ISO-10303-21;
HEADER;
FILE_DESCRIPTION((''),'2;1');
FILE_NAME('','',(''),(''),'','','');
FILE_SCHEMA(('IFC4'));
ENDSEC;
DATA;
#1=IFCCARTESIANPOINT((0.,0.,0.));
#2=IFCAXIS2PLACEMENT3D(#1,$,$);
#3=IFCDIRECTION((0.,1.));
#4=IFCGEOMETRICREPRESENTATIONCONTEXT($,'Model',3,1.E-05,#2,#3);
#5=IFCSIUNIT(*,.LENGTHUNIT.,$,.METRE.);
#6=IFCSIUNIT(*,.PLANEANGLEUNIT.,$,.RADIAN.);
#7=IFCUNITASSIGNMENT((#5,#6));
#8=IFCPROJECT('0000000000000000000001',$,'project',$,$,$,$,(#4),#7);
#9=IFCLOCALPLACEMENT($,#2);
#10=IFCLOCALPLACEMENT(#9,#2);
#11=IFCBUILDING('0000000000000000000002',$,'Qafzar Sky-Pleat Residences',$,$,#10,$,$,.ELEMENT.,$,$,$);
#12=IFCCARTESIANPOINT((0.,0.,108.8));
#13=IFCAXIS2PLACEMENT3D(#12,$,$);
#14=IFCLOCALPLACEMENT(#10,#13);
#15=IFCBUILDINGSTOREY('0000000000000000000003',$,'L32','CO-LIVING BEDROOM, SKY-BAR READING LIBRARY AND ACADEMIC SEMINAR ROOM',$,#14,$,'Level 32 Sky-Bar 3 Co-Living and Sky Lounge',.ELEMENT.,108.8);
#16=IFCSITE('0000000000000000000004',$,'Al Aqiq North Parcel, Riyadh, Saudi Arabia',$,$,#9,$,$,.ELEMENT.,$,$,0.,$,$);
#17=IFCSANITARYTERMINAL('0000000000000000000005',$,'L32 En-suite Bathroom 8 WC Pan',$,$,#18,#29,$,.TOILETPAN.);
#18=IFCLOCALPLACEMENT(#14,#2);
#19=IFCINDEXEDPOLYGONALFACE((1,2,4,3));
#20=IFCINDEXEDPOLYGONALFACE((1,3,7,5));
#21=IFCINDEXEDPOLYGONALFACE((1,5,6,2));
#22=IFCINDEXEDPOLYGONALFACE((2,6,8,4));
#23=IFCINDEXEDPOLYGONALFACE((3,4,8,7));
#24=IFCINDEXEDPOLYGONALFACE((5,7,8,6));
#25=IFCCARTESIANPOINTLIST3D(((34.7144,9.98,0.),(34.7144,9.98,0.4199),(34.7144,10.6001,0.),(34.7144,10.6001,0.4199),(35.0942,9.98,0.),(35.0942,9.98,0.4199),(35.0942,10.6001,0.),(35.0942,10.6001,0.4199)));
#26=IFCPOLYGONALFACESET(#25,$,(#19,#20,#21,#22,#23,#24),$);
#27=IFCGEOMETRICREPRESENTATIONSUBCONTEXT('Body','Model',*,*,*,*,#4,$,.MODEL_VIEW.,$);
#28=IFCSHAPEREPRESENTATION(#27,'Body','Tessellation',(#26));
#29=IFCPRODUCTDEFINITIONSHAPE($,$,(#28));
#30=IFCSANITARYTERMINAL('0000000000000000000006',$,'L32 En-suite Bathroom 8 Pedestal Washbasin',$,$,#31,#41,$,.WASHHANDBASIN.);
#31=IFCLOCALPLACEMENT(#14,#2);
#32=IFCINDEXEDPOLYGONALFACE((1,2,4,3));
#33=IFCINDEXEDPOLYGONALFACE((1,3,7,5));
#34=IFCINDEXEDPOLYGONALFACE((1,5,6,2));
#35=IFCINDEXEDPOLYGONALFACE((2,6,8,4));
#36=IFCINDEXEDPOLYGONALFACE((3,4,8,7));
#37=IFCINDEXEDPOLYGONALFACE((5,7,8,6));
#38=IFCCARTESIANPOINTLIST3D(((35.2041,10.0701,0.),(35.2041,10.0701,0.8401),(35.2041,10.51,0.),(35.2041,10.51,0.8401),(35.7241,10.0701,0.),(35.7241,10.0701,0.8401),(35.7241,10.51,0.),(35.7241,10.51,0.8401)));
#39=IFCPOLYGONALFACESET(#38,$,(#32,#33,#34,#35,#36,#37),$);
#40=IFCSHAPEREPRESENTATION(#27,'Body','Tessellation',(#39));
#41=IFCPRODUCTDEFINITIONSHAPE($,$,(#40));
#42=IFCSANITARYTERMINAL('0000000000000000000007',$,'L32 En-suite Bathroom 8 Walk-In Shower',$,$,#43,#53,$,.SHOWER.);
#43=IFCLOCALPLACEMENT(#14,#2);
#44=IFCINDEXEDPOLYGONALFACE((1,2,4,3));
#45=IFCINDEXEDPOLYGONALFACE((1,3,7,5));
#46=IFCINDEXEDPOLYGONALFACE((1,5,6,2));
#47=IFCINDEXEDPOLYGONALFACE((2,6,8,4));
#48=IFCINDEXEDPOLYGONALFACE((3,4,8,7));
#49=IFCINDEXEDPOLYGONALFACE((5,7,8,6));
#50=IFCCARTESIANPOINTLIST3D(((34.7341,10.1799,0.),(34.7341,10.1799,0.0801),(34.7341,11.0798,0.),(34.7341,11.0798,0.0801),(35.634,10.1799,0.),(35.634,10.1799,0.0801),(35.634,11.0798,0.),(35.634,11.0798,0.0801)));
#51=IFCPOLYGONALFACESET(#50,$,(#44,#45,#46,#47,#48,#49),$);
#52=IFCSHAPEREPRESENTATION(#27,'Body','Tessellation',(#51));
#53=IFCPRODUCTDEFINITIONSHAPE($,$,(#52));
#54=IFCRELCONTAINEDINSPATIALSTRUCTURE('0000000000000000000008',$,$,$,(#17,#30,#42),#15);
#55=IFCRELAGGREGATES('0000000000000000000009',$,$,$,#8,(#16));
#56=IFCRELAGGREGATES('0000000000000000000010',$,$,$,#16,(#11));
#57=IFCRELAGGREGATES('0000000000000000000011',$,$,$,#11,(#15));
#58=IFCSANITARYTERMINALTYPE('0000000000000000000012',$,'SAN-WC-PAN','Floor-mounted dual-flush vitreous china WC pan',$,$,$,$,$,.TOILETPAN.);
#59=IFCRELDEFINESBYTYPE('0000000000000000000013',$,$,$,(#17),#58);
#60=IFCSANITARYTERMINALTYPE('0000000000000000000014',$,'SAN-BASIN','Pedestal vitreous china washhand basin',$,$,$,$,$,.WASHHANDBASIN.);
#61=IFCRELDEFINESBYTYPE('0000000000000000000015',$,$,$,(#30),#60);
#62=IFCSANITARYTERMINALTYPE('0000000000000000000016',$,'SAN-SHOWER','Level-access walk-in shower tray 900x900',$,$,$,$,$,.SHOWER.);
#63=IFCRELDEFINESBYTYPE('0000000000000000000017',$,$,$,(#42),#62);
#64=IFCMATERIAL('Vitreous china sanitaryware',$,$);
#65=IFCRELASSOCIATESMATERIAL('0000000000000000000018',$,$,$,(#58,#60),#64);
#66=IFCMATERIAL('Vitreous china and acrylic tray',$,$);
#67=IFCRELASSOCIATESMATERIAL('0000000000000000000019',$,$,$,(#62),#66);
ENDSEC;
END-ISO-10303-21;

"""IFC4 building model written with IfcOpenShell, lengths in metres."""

from ifc_helpers import new_model, si_unit, direction, frame, origin, origin_2d, place, context, subcontext, project, spatial, rectangle, extrude, source, transform, mapped, material, type_object, element, save


model = new_model("IFC4")

# Units and contexts
model_context = context("Model", 3, precision=1e-05, world=origin(), true_north=direction((0.0, 1.0)))
body_context = subcontext(model_context, "Body", "Model", "MODEL_VIEW")
ifc_project = project(units=[si_unit("LENGTHUNIT", "METRE"), si_unit("PLANEANGLEUNIT", "RADIAN")], contexts=[model_context])

# Site, building, storey
site_placement = place(None, origin())
site = spatial("IfcSite", under=ifc_project, at=site_placement, Name="Al Aqiq North Parcel, Riyadh, Saudi Arabia", CompositionType="ELEMENT", RefElevation=0.0)
building_placement = place(site_placement, origin())
building = spatial("IfcBuilding", under=site, at=building_placement, Name="Qafzar Sky-Pleat Residences", CompositionType="ELEMENT")
storey_placement = place(building_placement, frame((0.0, 0.0, 108.8)))
storey = spatial("IfcBuildingStorey", under=building, at=storey_placement, Name="L32", Description="CO-LIVING BEDROOM, SKY-BAR READING LIBRARY AND ACADEMIC SEMINAR ROOM", LongName="Level 32 Sky-Bar 3 Co-Living and Sky Lounge", CompositionType="ELEMENT", Elevation=108.8)

# Sanitary terminals
ifc_material_1 = material(Name="Vitreous china sanitaryware")
sanitary_terminal_type_1 = type_object("IfcSanitaryTerminalType", Name="SAN-WC-PAN", Description="Floor-mounted dual-flush vitreous china WC pan", PredefinedType="TOILETPAN", material=ifc_material_1)
shared_shape_1 = source(origin(), body_context, "Body", "SweptSolid", [
    extrude(rectangle(XDim=0.3799, YDim=0.6201, at=origin_2d()), origin(), (0.0, 0.0, 1.0), 0.4199),
])
sanitary_terminal_1_placement = place(storey_placement, frame((34.9043, 10.29, 0.0), z_axis=(0.0, 0.0, 1.0), x_axis=(1.0, 0.0, 0.0)))
element("IfcSanitaryTerminal", 1, at=sanitary_terminal_1_placement, inside=storey, type_object=sanitary_terminal_type_1, Name="L32 En-suite Bathroom 8 WC Pan", PredefinedType="TOILETPAN", context=body_context, shape_type="MappedRepresentation", body=[
    mapped(shared_shape_1, transform((0.0, 0.0, 0.0), x_axis=(1.0, 0.0, 0.0), y_axis=(0.0, 1.0, 0.0), z_axis=(0.0, 0.0, 1.0), scale=1.0)),
])
sanitary_terminal_type_2 = type_object("IfcSanitaryTerminalType", Name="SAN-BASIN", Description="Pedestal vitreous china washhand basin", PredefinedType="WASHHANDBASIN", material=ifc_material_1)
shared_shape_2 = source(origin(), body_context, "Body", "SweptSolid", [
    extrude(rectangle(XDim=0.52, YDim=0.4399, at=origin_2d()), origin(), (0.0, 0.0, 1.0), 0.8401),
])
sanitary_terminal_2_placement = place(storey_placement, frame((35.4641, 10.29, 0.0), z_axis=(0.0, 0.0, 1.0), x_axis=(1.0, 0.0, 0.0)))
element("IfcSanitaryTerminal", 2, at=sanitary_terminal_2_placement, inside=storey, type_object=sanitary_terminal_type_2, Name="L32 En-suite Bathroom 8 Pedestal Washbasin", PredefinedType="WASHHANDBASIN", context=body_context, shape_type="MappedRepresentation", body=[
    mapped(shared_shape_2, transform((0.0, 0.0, 0.0), x_axis=(1.0, 0.0, 0.0), y_axis=(0.0, 1.0, 0.0), z_axis=(0.0, 0.0, 1.0), scale=1.0)),
])
ifc_material_2 = material(Name="Vitreous china and acrylic tray")
sanitary_terminal_type_3 = type_object("IfcSanitaryTerminalType", Name="SAN-SHOWER", Description="Level-access walk-in shower tray 900x900", PredefinedType="SHOWER", material=ifc_material_2)
shared_shape_3 = source(origin(), body_context, "Body", "SweptSolid", [
    extrude(rectangle(XDim=0.8999, YDim=0.8999, at=origin_2d()), origin(), (0.0, 0.0, 1.0), 0.0801),
])
sanitary_terminal_3_placement = place(storey_placement, frame((35.1841, 10.6299, 0.0), z_axis=(0.0, 0.0, 1.0), x_axis=(1.0, 0.0, 0.0)))
element("IfcSanitaryTerminal", 3, at=sanitary_terminal_3_placement, inside=storey, type_object=sanitary_terminal_type_3, Name="L32 En-suite Bathroom 8 Walk-In Shower", PredefinedType="SHOWER", context=body_context, shape_type="MappedRepresentation", body=[
    mapped(shared_shape_3, transform((0.0, 0.0, 0.0), x_axis=(1.0, 0.0, 0.0), y_axis=(0.0, 1.0, 0.0), z_axis=(0.0, 0.0, 1.0), scale=1.0)),
])

save(model, "model.ifc")
